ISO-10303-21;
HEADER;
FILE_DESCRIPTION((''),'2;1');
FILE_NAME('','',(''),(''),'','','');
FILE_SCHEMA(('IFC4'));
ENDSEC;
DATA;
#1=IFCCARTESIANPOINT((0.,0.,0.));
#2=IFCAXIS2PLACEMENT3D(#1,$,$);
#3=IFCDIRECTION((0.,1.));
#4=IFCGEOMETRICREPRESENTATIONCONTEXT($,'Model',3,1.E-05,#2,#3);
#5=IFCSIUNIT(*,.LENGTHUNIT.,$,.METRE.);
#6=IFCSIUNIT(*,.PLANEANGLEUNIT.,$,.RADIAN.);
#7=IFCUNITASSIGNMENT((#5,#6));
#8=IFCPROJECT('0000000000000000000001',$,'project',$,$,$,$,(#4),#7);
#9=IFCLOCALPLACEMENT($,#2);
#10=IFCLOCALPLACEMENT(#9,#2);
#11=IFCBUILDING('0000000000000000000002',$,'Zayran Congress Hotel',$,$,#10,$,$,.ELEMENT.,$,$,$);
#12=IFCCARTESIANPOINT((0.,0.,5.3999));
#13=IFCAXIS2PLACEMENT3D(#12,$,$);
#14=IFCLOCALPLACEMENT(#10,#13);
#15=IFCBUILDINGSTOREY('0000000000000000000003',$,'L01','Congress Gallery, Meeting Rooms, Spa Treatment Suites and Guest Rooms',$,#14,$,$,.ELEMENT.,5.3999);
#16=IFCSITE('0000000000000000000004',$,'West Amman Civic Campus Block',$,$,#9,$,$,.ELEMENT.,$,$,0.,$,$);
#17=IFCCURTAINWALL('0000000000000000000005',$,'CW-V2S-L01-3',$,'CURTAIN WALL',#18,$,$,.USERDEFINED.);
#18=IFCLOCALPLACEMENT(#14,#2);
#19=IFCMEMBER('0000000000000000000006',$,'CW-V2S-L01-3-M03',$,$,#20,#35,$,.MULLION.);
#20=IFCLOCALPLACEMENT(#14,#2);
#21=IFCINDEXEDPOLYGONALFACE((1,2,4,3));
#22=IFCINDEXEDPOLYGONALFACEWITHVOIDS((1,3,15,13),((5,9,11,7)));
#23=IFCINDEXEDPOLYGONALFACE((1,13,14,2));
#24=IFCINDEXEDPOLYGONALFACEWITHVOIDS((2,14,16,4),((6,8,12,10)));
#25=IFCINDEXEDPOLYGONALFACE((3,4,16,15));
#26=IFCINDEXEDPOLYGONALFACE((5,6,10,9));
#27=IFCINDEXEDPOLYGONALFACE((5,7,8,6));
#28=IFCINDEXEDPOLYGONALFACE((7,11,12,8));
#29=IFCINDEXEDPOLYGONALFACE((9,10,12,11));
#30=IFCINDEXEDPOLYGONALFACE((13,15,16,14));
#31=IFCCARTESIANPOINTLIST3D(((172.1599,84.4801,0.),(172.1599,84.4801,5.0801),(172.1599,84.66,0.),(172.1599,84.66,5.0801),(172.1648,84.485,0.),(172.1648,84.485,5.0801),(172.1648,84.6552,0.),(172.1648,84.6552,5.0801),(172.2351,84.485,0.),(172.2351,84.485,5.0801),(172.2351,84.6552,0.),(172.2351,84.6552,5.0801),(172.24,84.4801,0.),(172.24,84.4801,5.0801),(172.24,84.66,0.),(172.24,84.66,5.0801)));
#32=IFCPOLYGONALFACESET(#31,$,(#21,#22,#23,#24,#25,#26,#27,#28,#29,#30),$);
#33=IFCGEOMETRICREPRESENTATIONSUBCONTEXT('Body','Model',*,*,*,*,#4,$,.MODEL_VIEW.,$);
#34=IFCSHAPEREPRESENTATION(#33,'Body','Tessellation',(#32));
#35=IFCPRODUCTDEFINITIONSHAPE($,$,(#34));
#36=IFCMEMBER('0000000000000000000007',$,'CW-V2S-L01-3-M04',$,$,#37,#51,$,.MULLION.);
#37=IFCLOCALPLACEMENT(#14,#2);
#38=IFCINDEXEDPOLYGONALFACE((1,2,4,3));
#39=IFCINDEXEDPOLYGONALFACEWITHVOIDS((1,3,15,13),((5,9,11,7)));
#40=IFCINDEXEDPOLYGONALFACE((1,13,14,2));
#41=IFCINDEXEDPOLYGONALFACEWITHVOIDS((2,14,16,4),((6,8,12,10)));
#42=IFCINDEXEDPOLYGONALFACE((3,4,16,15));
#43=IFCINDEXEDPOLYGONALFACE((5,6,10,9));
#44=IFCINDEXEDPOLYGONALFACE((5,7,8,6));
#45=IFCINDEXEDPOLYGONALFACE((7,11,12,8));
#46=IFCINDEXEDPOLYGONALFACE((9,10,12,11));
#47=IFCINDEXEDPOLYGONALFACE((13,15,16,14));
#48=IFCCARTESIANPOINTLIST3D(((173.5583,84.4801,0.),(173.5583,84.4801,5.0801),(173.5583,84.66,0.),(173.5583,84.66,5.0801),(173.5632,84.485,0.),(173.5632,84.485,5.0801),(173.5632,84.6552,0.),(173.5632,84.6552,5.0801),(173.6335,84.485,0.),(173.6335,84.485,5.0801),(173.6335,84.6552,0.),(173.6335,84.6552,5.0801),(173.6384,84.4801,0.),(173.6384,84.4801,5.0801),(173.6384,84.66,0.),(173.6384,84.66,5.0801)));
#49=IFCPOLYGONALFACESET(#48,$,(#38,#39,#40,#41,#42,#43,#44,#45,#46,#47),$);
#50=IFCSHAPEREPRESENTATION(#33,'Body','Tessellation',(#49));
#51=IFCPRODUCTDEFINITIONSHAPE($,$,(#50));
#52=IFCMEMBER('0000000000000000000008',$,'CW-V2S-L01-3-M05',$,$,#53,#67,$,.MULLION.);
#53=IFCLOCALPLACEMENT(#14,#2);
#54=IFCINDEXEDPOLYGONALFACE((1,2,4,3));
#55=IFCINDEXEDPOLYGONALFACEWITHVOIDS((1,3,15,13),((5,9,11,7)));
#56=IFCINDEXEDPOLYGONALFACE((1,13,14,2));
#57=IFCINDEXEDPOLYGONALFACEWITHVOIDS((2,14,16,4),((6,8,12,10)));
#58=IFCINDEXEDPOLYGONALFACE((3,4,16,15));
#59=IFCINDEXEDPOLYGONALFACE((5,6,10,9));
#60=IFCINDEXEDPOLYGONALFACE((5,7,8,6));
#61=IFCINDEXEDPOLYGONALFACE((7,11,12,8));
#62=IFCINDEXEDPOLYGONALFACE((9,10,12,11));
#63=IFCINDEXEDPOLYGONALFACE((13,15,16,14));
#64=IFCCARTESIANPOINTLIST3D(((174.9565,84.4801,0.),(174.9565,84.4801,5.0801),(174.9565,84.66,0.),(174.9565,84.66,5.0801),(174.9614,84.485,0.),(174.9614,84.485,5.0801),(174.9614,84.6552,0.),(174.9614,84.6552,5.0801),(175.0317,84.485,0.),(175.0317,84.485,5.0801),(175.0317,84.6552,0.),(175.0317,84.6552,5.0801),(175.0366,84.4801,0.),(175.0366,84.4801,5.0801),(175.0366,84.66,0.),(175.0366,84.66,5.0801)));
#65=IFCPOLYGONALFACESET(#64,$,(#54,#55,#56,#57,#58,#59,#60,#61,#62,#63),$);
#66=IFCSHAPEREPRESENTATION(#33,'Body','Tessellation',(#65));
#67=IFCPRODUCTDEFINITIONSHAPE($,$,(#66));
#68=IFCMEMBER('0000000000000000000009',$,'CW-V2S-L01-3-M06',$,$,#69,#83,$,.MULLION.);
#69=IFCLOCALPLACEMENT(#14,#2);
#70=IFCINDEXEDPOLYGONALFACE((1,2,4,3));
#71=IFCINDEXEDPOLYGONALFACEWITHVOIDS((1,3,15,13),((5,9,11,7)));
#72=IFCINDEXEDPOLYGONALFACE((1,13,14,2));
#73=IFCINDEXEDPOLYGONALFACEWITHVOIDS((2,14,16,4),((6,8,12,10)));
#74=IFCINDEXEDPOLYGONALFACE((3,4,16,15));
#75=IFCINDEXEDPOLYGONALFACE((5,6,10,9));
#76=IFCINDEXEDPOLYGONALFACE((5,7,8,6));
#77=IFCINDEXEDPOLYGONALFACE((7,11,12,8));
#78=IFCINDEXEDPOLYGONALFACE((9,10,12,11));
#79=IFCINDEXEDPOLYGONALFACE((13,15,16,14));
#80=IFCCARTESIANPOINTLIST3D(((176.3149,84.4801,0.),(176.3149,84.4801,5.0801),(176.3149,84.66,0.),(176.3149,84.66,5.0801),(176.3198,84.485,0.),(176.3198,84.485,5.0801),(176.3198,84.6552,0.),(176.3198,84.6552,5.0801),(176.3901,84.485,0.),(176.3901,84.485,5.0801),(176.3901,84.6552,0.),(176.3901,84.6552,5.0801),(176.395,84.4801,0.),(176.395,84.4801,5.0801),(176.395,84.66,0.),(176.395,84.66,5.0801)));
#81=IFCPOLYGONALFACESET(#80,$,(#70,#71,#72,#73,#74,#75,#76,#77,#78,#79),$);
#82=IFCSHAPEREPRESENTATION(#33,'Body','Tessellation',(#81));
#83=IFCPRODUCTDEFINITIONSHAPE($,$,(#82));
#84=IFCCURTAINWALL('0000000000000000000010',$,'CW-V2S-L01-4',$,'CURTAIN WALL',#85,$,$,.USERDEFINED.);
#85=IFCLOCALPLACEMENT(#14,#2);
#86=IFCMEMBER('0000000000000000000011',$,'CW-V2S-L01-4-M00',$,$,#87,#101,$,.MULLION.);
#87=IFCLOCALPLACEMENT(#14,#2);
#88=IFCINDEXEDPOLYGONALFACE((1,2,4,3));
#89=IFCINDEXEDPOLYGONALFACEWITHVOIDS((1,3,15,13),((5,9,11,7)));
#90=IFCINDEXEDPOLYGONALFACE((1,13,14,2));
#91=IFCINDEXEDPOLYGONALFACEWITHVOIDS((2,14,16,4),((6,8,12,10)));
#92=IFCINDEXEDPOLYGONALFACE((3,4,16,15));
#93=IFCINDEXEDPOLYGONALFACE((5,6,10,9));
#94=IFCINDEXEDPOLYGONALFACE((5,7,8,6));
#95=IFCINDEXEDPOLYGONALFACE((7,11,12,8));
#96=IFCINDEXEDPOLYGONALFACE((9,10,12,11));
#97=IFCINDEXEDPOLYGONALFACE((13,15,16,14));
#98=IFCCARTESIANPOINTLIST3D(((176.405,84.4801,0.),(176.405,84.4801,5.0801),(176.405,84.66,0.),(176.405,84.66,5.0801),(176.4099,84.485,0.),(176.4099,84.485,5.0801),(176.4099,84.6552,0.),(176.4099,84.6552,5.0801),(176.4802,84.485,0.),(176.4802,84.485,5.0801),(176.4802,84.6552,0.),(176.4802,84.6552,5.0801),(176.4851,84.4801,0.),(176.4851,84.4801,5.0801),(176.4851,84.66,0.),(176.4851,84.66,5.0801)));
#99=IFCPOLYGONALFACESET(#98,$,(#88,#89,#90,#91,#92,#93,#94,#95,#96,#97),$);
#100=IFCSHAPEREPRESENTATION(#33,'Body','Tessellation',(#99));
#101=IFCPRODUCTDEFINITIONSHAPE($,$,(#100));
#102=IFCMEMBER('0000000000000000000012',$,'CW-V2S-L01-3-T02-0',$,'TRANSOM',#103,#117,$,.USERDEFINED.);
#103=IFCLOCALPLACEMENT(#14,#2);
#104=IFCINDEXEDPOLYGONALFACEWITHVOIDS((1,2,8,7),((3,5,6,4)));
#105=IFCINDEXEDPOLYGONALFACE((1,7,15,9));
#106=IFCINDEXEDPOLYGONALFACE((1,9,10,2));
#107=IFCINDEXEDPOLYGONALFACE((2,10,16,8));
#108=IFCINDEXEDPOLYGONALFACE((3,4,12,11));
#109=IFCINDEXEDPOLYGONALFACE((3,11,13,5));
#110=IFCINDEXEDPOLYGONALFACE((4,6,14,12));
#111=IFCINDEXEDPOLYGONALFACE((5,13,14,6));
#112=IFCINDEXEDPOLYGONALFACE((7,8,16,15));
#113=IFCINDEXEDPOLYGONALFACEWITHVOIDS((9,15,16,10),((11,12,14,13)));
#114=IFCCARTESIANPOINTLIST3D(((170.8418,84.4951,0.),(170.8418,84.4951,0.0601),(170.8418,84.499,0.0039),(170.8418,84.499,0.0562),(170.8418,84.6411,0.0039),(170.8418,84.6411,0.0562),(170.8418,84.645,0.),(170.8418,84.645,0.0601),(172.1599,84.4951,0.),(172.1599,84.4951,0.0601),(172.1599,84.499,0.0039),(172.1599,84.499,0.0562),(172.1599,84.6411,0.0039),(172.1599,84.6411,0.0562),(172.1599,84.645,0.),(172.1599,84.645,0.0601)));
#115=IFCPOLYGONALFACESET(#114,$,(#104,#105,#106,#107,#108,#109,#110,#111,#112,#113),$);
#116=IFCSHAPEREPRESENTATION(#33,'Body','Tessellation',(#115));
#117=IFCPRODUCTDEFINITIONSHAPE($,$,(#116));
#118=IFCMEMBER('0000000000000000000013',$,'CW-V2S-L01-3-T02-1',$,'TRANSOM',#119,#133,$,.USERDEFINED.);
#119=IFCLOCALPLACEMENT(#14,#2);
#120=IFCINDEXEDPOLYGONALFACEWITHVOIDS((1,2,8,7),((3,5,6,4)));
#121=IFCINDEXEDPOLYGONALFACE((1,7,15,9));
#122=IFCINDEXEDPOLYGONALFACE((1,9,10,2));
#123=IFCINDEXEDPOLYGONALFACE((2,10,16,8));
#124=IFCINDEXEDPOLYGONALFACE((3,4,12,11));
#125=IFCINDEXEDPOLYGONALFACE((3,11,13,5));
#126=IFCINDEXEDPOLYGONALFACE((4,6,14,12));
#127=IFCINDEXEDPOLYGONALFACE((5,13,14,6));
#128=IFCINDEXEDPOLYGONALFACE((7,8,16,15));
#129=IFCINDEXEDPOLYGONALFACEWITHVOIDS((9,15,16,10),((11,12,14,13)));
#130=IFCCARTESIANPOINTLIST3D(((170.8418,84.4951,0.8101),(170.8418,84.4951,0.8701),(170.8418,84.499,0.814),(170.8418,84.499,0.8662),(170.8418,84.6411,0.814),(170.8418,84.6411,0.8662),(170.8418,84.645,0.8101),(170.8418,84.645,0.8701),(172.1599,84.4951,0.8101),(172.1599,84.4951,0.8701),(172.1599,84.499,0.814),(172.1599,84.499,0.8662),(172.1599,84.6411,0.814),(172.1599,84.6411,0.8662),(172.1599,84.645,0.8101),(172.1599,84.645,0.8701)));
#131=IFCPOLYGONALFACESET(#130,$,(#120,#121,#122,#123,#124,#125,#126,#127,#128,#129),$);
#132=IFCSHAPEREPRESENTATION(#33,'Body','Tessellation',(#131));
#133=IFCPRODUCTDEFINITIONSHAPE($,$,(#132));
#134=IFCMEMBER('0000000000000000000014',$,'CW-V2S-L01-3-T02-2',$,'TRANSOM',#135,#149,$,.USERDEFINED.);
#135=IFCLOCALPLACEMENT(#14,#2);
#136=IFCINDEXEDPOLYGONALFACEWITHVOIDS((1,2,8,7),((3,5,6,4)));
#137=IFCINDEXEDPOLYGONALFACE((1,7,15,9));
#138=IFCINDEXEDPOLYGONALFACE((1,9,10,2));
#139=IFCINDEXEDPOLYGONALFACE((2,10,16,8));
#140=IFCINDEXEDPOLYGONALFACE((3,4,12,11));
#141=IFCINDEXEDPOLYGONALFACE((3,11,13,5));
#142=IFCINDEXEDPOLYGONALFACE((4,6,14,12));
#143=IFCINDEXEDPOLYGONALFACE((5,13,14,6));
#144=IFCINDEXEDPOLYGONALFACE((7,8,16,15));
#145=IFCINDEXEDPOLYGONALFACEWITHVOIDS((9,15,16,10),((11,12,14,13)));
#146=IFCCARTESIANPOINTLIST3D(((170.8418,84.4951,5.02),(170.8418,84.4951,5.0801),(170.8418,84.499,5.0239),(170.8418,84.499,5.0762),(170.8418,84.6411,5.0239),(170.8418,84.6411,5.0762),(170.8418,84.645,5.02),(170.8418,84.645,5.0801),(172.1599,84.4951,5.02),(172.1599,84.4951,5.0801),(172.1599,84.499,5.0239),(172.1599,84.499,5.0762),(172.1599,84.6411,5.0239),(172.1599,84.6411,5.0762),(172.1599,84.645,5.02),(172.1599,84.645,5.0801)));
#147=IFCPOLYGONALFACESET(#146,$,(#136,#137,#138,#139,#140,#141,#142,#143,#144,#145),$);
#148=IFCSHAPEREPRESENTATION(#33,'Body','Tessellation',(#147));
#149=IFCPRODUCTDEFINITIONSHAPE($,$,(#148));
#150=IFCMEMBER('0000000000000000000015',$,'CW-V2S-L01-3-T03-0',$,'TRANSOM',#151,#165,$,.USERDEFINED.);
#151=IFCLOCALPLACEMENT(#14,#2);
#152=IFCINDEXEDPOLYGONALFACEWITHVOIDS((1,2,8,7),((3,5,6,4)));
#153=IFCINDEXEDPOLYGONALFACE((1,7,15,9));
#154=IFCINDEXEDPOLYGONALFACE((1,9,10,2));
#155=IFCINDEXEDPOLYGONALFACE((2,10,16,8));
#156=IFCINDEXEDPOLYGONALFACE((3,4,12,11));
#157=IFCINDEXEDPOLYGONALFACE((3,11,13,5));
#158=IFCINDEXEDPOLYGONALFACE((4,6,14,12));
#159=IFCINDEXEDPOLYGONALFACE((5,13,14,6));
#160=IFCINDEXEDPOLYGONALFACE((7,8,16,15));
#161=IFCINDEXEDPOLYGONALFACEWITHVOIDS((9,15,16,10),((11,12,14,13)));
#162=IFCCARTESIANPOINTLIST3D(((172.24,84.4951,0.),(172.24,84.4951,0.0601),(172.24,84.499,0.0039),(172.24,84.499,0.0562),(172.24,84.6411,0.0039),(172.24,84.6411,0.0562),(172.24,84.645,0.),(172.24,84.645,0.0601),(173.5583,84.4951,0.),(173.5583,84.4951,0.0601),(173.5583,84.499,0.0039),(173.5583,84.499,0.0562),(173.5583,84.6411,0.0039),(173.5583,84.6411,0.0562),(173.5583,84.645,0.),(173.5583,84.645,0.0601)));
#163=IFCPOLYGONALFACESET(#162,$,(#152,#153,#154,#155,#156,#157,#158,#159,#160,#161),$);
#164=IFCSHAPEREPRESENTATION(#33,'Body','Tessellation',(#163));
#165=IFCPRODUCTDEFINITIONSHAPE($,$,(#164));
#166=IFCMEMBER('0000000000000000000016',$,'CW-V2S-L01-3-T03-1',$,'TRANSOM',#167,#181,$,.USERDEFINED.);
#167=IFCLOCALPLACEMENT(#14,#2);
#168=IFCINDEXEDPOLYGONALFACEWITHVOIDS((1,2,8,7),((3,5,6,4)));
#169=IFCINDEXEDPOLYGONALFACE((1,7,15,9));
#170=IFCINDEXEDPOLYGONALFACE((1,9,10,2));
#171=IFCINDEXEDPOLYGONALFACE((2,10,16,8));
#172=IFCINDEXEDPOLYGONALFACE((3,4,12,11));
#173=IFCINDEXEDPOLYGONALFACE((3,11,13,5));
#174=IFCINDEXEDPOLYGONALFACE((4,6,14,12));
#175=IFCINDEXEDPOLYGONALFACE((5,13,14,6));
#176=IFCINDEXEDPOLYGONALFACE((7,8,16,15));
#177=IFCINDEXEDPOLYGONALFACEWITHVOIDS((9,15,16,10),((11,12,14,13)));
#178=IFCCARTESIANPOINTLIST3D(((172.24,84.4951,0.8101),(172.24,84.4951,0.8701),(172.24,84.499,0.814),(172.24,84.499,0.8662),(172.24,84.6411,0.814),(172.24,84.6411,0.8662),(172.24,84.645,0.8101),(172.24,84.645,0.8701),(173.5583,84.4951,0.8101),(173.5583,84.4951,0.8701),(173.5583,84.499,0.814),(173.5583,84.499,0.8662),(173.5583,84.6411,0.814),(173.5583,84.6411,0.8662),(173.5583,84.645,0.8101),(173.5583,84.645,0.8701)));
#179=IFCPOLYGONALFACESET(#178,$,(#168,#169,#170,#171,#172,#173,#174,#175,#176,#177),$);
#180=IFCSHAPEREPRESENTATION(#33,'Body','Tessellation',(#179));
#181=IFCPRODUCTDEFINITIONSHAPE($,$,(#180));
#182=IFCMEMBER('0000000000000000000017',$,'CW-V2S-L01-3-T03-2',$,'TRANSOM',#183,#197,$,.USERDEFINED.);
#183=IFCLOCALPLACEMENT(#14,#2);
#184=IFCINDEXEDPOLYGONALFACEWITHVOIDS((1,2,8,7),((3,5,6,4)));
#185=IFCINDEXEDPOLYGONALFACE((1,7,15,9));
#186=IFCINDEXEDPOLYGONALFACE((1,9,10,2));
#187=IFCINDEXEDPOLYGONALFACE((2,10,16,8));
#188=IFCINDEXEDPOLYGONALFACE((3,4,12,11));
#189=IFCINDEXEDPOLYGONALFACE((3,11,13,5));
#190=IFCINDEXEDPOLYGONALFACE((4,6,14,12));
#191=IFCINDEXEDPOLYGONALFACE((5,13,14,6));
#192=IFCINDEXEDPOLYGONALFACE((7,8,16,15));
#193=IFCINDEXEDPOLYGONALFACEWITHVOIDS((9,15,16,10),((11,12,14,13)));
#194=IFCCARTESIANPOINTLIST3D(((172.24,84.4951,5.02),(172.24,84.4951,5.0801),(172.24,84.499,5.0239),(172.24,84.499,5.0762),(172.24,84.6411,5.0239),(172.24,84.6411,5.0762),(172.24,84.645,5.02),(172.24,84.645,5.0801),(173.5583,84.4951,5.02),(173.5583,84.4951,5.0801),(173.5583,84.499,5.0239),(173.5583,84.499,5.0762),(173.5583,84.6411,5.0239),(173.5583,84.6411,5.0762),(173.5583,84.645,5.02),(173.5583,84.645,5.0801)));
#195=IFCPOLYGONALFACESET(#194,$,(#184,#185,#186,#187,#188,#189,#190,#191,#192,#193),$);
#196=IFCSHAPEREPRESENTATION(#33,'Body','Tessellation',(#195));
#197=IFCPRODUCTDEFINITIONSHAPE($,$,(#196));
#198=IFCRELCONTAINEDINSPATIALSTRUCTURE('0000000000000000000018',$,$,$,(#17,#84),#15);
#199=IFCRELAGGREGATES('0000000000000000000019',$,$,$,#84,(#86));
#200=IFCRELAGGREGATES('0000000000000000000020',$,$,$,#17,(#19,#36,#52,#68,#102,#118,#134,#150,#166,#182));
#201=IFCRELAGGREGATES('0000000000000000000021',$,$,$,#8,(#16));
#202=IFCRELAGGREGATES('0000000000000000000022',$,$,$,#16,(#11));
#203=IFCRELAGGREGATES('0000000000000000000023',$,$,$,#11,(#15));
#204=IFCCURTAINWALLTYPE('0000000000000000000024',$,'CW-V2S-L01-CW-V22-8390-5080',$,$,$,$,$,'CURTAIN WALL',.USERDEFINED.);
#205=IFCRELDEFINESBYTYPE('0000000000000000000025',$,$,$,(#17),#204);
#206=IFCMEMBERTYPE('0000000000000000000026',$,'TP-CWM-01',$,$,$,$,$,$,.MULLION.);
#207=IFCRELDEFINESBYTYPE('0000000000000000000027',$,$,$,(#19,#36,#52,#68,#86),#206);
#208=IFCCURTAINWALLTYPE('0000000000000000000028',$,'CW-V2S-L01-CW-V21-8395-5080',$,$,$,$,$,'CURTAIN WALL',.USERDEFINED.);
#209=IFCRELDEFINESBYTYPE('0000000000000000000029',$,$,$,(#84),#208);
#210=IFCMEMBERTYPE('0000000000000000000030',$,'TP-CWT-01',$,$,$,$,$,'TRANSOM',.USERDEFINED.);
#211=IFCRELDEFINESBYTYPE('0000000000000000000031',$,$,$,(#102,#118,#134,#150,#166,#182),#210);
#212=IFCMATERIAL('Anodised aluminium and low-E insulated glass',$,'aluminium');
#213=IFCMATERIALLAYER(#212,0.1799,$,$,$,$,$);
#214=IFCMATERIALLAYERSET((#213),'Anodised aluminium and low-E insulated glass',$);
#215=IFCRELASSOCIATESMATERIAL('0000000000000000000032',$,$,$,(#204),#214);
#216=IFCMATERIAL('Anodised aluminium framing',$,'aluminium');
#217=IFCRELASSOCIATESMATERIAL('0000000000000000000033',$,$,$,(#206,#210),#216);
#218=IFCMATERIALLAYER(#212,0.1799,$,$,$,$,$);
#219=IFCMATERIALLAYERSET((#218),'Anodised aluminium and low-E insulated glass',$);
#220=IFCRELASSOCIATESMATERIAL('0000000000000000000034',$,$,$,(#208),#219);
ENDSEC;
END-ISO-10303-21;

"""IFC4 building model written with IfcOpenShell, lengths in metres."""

from ifc_helpers import new_model, si_unit, direction, frame, origin, origin_2d, place, context, subcontext, project, spatial, hollow_rectangle, extrude, material, layer, layer_set, material_profile, profile_set, type_object, element, aggregate, save


model = new_model("IFC4")

# Units and contexts
model_context = context("Model", 3, precision=1e-05, world=origin(), true_north=direction((0.0, 1.0)))
body_context = subcontext(model_context, "Body", "Model", "MODEL_VIEW")
ifc_project = project(units=[si_unit("LENGTHUNIT", "METRE"), si_unit("PLANEANGLEUNIT", "RADIAN")], contexts=[model_context])

# Site, building, storey
site_placement = place(None, origin())
site = spatial("IfcSite", under=ifc_project, at=site_placement, Name="West Amman Civic Campus Block", CompositionType="ELEMENT", RefElevation=0.0)
building_placement = place(site_placement, origin())
building = spatial("IfcBuilding", under=site, at=building_placement, Name="Zayran Congress Hotel", CompositionType="ELEMENT")
storey_placement = place(building_placement, frame((0.0, 0.0, 5.3999)))
storey = spatial("IfcBuildingStorey", under=building, at=storey_placement, Name="L01", Description="Congress Gallery, Meeting Rooms, Spa Treatment Suites and Guest Rooms", CompositionType="ELEMENT", Elevation=5.3999)

# Curtain wall, members
ifc_material_1 = material(Name="Anodised aluminium and low-E insulated glass", Category="aluminium")
ifc_layer_1 = layer(ifc_material_1, 0.1799)
ifc_layer_set_1 = layer_set([ifc_layer_1], Name="Anodised aluminium and low-E insulated glass")
curtain_wall_type_1 = type_object("IfcCurtainWallType", Name="CW-V2S-L01-CW-V22-8390-5080", ElementType="CURTAIN WALL", PredefinedType="USERDEFINED", material=ifc_layer_set_1)
curtain_wall_1_placement = place(storey_placement, origin())
curtain_wall_1 = element("IfcCurtainWall", 1, at=curtain_wall_1_placement, inside=storey, type_object=curtain_wall_type_1, Name="CW-V2S-L01-3", ObjectType="CURTAIN WALL", PredefinedType="USERDEFINED")
ifc_material_2 = material(Name="Anodised aluminium framing", Category="aluminium")
ifc_material_profile_1 = material_profile(ifc_material_2, hollow_rectangle(XDim=0.0801, YDim=0.1799, WallThickness=0.0049, at=origin_2d()), Name="RHS 180x80x5")
ifc_profile_set_1 = profile_set([ifc_material_profile_1], Name="Anodised aluminium framing")
member_type_1 = type_object("IfcMemberType", Name="TP-CWM-01", PredefinedType="MULLION", material=ifc_profile_set_1)
member_1_placement = place(storey_placement, frame((172.2, 84.5701, 0.0), z_axis=(0.0, 0.0, 1.0), x_axis=(1.0, 0.0, 0.0)))
member_1 = element("IfcMember", 2, at=member_1_placement, type_object=member_type_1, Name="CW-V2S-L01-3-M03", PredefinedType="MULLION", context=body_context, shape_type="SweptSolid", body=[
    extrude(hollow_rectangle(XDim=0.0801, YDim=0.1799, WallThickness=0.0049, at=origin_2d()), origin(), (0.0, 0.0, 1.0), 5.0801),
])
member_2_placement = place(storey_placement, frame((173.5984, 84.5701, 0.0), z_axis=(0.0, 0.0, 1.0), x_axis=(1.0, 0.0, 0.0)))
member_2 = element("IfcMember", 3, at=member_2_placement, type_object=member_type_1, Name="CW-V2S-L01-3-M04", PredefinedType="MULLION", context=body_context, shape_type="SweptSolid", body=[
    extrude(hollow_rectangle(XDim=0.0801, YDim=0.1799, WallThickness=0.0049, at=origin_2d()), origin(), (0.0, 0.0, 1.0), 5.0801),
])
member_3_placement = place(storey_placement, frame((174.9966, 84.5701, 0.0), z_axis=(0.0, 0.0, 1.0), x_axis=(1.0, 0.0, 0.0)))
member_3 = element("IfcMember", 4, at=member_3_placement, type_object=member_type_1, Name="CW-V2S-L01-3-M05", PredefinedType="MULLION", context=body_context, shape_type="SweptSolid", body=[
    extrude(hollow_rectangle(XDim=0.0801, YDim=0.1799, WallThickness=0.0049, at=origin_2d()), origin(), (0.0, 0.0, 1.0), 5.0801),
])
member_4_placement = place(storey_placement, frame((176.355, 84.5701, 0.0), z_axis=(0.0, 0.0, 1.0), x_axis=(1.0, 0.0, 0.0)))
member_4 = element("IfcMember", 5, at=member_4_placement, type_object=member_type_1, Name="CW-V2S-L01-3-M06", PredefinedType="MULLION", context=body_context, shape_type="SweptSolid", body=[
    extrude(hollow_rectangle(XDim=0.0801, YDim=0.1799, WallThickness=0.0049, at=origin_2d()), origin(), (0.0, 0.0, 1.0), 5.0801),
])

# Curtain wall, member
ifc_layer_2 = layer(ifc_material_1, 0.1799)
ifc_layer_set_2 = layer_set([ifc_layer_2], Name="Anodised aluminium and low-E insulated glass")
curtain_wall_type_2 = type_object("IfcCurtainWallType", Name="CW-V2S-L01-CW-V21-8395-5080", ElementType="CURTAIN WALL", PredefinedType="USERDEFINED", material=ifc_layer_set_2)
curtain_wall_2_placement = place(storey_placement, origin())
curtain_wall_2 = element("IfcCurtainWall", 6, at=curtain_wall_2_placement, inside=storey, type_object=curtain_wall_type_2, Name="CW-V2S-L01-4", ObjectType="CURTAIN WALL", PredefinedType="USERDEFINED")
member_5_placement = place(storey_placement, frame((176.4451, 84.5701, 0.0), z_axis=(0.0, 0.0, 1.0), x_axis=(1.0, 0.0, 0.0)))
member_5 = element("IfcMember", 7, at=member_5_placement, type_object=member_type_1, Name="CW-V2S-L01-4-M00", PredefinedType="MULLION", context=body_context, shape_type="SweptSolid", body=[
    extrude(hollow_rectangle(XDim=0.0801, YDim=0.1799, WallThickness=0.0049, at=origin_2d()), origin(), (0.0, 0.0, 1.0), 5.0801),
])

# Members
ifc_material_profile_2 = material_profile(ifc_material_2, hollow_rectangle(XDim=0.0601, YDim=0.1499, WallThickness=0.0039, at=origin_2d()), Name="RHS 150x60x4")
ifc_profile_set_2 = profile_set([ifc_material_profile_2], Name="Anodised aluminium framing")
member_type_2 = type_object("IfcMemberType", Name="TP-CWT-01", ElementType="TRANSOM", PredefinedType="USERDEFINED", material=ifc_profile_set_2)
member_6_placement = place(storey_placement, frame((170.8418, 84.5701, 0.03), z_axis=(1.0, 0.0, 0.0), x_axis=(0.0, 0.0, 1.0)))
member_6 = element("IfcMember", 8, at=member_6_placement, type_object=member_type_2, Name="CW-V2S-L01-3-T02-0", ObjectType="TRANSOM", PredefinedType="USERDEFINED", context=body_context, shape_type="SweptSolid", body=[
    extrude(hollow_rectangle(XDim=0.0601, YDim=0.1499, WallThickness=0.0039, at=origin_2d()), origin(), (0.0, 0.0, 1.0), 1.3181),
])
member_7_placement = place(storey_placement, frame((170.8418, 84.5701, 0.8401), z_axis=(1.0, 0.0, 0.0), x_axis=(0.0, 0.0, 1.0)))
member_7 = element("IfcMember", 9, at=member_7_placement, type_object=member_type_2, Name="CW-V2S-L01-3-T02-1", ObjectType="TRANSOM", PredefinedType="USERDEFINED", context=body_context, shape_type="SweptSolid", body=[
    extrude(hollow_rectangle(XDim=0.0601, YDim=0.1499, WallThickness=0.0039, at=origin_2d()), origin(), (0.0, 0.0, 1.0), 1.3181),
])
member_8_placement = place(storey_placement, frame((170.8418, 84.5701, 5.05), z_axis=(1.0, 0.0, 0.0), x_axis=(0.0, 0.0, 1.0)))
member_8 = element("IfcMember", 10, at=member_8_placement, type_object=member_type_2, Name="CW-V2S-L01-3-T02-2", ObjectType="TRANSOM", PredefinedType="USERDEFINED", context=body_context, shape_type="SweptSolid", body=[
    extrude(hollow_rectangle(XDim=0.0601, YDim=0.1499, WallThickness=0.0039, at=origin_2d()), origin(), (0.0, 0.0, 1.0), 1.3181),
])
member_9_placement = place(storey_placement, frame((172.24, 84.5701, 0.03), z_axis=(1.0, 0.0, 0.0), x_axis=(0.0, 0.0, 1.0)))
member_9 = element("IfcMember", 11, at=member_9_placement, type_object=member_type_2, Name="CW-V2S-L01-3-T03-0", ObjectType="TRANSOM", PredefinedType="USERDEFINED", context=body_context, shape_type="SweptSolid", body=[
    extrude(hollow_rectangle(XDim=0.0601, YDim=0.1499, WallThickness=0.0039, at=origin_2d()), origin(), (0.0, 0.0, 1.0), 1.3184),
])
member_10_placement = place(storey_placement, frame((172.24, 84.5701, 0.8401), z_axis=(1.0, 0.0, 0.0), x_axis=(0.0, 0.0, 1.0)))
member_10 = element("IfcMember", 12, at=member_10_placement, type_object=member_type_2, Name="CW-V2S-L01-3-T03-1", ObjectType="TRANSOM", PredefinedType="USERDEFINED", context=body_context, shape_type="SweptSolid", body=[
    extrude(hollow_rectangle(XDim=0.0601, YDim=0.1499, WallThickness=0.0039, at=origin_2d()), origin(), (0.0, 0.0, 1.0), 1.3184),
])
member_11_placement = place(storey_placement, frame((172.24, 84.5701, 5.05), z_axis=(1.0, 0.0, 0.0), x_axis=(0.0, 0.0, 1.0)))
member_11 = element("IfcMember", 13, at=member_11_placement, type_object=member_type_2, Name="CW-V2S-L01-3-T03-2", ObjectType="TRANSOM", PredefinedType="USERDEFINED", context=body_context, shape_type="SweptSolid", body=[
    extrude(hollow_rectangle(XDim=0.0601, YDim=0.1499, WallThickness=0.0039, at=origin_2d()), origin(), (0.0, 0.0, 1.0), 1.3184),
])

aggregate(curtain_wall_2, [member_5])
aggregate(curtain_wall_1, [member_1, member_2, member_3, member_4, member_6, member_7, member_8, member_9, member_10, member_11])

save(model, "model.ifc")
